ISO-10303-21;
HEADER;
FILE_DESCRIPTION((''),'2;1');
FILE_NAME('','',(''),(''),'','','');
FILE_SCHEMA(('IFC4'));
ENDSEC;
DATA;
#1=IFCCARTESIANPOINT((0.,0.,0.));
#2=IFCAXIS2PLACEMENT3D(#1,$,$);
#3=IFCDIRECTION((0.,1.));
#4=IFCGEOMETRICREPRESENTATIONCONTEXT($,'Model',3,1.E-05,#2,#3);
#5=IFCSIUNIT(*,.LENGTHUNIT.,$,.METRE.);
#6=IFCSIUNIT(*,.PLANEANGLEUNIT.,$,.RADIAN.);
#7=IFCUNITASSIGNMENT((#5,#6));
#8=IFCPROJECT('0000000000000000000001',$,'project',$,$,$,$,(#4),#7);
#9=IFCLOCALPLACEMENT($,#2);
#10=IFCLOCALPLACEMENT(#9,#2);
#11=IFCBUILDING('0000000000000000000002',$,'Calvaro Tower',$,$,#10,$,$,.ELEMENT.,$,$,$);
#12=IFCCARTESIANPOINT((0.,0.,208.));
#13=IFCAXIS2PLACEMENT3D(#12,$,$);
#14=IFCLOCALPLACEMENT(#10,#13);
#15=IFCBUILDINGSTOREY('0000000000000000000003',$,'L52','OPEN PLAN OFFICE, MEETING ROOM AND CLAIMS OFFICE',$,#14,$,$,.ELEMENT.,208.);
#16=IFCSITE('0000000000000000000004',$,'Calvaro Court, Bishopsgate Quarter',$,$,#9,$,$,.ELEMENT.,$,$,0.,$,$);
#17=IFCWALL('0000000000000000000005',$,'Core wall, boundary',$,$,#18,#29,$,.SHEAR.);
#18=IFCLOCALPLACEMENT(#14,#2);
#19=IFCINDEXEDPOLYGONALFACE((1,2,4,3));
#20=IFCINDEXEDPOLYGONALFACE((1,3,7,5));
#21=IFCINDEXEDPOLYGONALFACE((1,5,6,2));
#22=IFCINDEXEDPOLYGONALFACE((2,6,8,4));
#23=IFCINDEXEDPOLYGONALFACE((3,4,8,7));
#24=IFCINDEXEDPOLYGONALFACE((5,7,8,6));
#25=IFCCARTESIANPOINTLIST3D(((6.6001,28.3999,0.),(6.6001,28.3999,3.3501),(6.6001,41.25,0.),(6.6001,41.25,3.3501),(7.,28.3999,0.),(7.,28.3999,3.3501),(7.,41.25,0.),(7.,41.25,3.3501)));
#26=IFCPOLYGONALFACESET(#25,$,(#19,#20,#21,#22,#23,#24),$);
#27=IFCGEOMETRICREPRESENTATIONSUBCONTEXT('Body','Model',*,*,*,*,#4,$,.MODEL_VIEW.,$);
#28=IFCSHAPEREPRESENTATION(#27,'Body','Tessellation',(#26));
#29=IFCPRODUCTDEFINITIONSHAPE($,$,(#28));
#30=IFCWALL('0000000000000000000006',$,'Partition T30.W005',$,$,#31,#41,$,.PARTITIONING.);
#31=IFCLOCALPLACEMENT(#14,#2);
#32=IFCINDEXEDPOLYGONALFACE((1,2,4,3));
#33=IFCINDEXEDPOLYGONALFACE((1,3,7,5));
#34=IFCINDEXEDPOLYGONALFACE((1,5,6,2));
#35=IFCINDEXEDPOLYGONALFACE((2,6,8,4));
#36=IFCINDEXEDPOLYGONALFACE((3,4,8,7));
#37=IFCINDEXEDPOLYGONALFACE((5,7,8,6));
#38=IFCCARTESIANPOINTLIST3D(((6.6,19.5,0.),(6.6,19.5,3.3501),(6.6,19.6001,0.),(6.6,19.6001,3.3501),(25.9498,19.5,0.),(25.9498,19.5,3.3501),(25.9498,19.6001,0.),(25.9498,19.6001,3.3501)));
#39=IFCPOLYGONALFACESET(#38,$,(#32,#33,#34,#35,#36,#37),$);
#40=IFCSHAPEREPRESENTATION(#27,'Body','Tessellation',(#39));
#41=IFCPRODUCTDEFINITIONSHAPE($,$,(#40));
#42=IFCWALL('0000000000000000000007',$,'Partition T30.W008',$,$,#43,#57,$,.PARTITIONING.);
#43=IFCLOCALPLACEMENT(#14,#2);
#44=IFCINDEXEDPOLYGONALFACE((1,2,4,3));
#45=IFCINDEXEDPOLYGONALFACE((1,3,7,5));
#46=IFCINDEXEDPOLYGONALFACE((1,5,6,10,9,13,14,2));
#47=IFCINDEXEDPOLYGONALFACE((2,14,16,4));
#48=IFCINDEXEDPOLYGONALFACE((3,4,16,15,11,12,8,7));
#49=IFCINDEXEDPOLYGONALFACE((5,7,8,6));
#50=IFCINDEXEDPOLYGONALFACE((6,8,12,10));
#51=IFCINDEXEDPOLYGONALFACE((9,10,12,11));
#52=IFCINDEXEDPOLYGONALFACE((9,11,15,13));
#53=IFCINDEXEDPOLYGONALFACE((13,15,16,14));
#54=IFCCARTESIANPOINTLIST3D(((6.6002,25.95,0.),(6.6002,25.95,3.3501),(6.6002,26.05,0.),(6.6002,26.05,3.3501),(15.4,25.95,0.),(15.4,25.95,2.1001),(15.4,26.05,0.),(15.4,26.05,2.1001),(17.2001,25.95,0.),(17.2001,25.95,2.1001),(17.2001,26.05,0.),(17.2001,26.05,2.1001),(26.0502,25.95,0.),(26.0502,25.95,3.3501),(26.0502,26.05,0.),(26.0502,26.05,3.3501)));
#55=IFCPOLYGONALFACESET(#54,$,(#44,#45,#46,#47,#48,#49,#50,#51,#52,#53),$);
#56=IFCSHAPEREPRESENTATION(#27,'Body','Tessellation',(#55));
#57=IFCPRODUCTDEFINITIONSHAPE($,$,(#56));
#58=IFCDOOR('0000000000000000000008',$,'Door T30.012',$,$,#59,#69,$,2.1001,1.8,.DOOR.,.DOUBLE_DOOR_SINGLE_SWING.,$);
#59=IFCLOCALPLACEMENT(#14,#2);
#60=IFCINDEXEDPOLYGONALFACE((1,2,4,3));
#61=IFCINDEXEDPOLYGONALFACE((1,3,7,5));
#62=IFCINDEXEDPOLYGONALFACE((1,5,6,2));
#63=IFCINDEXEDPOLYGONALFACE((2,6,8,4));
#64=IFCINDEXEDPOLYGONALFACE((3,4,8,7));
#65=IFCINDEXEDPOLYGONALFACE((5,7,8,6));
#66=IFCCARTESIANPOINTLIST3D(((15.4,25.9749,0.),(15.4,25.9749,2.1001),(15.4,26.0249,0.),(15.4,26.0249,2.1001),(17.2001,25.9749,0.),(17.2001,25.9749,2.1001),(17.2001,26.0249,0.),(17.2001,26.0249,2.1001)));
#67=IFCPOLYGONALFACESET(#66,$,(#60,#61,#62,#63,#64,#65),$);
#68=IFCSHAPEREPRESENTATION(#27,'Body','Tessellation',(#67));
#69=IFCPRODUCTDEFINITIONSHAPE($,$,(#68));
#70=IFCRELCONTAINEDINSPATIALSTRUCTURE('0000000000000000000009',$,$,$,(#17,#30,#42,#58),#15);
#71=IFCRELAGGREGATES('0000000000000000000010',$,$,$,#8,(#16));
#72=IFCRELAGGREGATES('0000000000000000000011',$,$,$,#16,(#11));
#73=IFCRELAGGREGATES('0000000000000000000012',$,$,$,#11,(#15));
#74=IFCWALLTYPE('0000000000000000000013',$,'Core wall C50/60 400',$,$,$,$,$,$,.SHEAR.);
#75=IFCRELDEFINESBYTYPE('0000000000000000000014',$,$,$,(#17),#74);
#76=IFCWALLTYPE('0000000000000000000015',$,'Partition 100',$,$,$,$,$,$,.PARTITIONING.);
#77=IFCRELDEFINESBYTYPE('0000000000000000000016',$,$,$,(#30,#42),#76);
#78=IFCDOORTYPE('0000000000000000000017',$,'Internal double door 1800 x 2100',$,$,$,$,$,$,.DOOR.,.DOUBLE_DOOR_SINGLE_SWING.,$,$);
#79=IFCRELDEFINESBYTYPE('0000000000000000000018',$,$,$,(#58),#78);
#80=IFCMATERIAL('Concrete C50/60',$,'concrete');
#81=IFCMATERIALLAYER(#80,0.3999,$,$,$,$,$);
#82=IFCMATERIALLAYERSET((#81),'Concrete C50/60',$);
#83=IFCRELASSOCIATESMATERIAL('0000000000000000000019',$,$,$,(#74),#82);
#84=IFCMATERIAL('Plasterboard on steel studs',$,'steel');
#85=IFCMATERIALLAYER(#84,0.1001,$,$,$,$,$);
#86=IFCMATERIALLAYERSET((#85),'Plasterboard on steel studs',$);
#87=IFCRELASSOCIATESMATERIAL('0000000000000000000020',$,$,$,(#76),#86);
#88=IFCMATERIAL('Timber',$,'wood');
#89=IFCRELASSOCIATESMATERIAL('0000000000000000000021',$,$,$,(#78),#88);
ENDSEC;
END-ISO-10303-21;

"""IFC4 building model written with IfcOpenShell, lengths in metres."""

from ifc_helpers import new_model, si_unit, direction, frame, frame_2d, origin, place, context, subcontext, project, spatial, rectangle, extrude, material, layer, layer_set, type_object, element, fill, save


model = new_model("IFC4")

# Units and contexts
model_context = context("Model", 3, precision=1e-05, world=origin(), true_north=direction((0.0, 1.0)))
body_context = subcontext(model_context, "Body", "Model", "MODEL_VIEW")
ifc_project = project(units=[si_unit("LENGTHUNIT", "METRE"), si_unit("PLANEANGLEUNIT", "RADIAN")], contexts=[model_context])

# Site, building, storey
site_placement = place(None, origin())
site = spatial("IfcSite", under=ifc_project, at=site_placement, Name="Calvaro Court, Bishopsgate Quarter", CompositionType="ELEMENT", RefElevation=0.0)
building_placement = place(site_placement, origin())
building = spatial("IfcBuilding", under=site, at=building_placement, Name="Calvaro Tower", CompositionType="ELEMENT")
storey_placement = place(building_placement, frame((0.0, 0.0, 208.0)))
storey = spatial("IfcBuildingStorey", under=building, at=storey_placement, Name="L52", Description="OPEN PLAN OFFICE, MEETING ROOM AND CLAIMS OFFICE", CompositionType="ELEMENT", Elevation=208.0)

# Shared definitions
ifc_material_1 = material(Name="Concrete C50/60", Category="concrete")
ifc_layer_1 = layer(ifc_material_1, 0.3999)
ifc_layer_set_1 = layer_set([ifc_layer_1], Name="Concrete C50/60")
wall_type_1 = type_object("IfcWallType", Name="Core wall C50/60 400", PredefinedType="SHEAR", material=ifc_layer_set_1)

# Walls
wall_1_placement = place(storey_placement, frame((6.8, 28.3999, 0.0), z_axis=(0.0, 0.0, 1.0), x_axis=(0.0, 1.0, 0.0)))
element("IfcWall", 1, at=wall_1_placement, inside=storey, type_object=wall_type_1, Name="Core wall, boundary", PredefinedType="SHEAR", context=body_context, shape_type="SweptSolid", body=[
    extrude(rectangle(XDim=12.8501, YDim=0.3999, at=frame_2d((6.425, 0.0))), origin(), (0.0, 0.0, 1.0), 3.3501),
])
ifc_material_2 = material(Name="Plasterboard on steel studs", Category="steel")
ifc_layer_2 = layer(ifc_material_2, 0.1001)
ifc_layer_set_2 = layer_set([ifc_layer_2], Name="Plasterboard on steel studs")
wall_type_2 = type_object("IfcWallType", Name="Partition 100", PredefinedType="PARTITIONING", material=ifc_layer_set_2)
wall_2_placement = place(storey_placement, frame((6.6001, 19.55, 0.0), z_axis=(0.0, 0.0, 1.0), x_axis=(1.0, 0.0, 0.0)))
element("IfcWall", 2, at=wall_2_placement, inside=storey, type_object=wall_type_2, Name="Partition T30.W005", PredefinedType="PARTITIONING", context=body_context, shape_type="SweptSolid", body=[
    extrude(rectangle(XDim=19.3499, YDim=0.1001, at=frame_2d((9.6748, 0.0))), origin(), (0.0, 0.0, 1.0), 3.3501),
])

# Wall, opening, door
wall_3_placement = place(storey_placement, frame((6.6001, 26.0, 0.0), z_axis=(0.0, 0.0, 1.0), x_axis=(1.0, 0.0, 0.0)))
wall_3 = element("IfcWall", 3, at=wall_3_placement, inside=storey, type_object=wall_type_2, Name="Partition T30.W008", PredefinedType="PARTITIONING", context=body_context, shape_type="SweptSolid", body=[
    extrude(rectangle(XDim=19.45, YDim=0.1001, at=frame_2d((9.7251, 0.0))), origin(), (0.0, 0.0, 1.0), 3.3501),
])
opening_1_placement = place(wall_3_placement, frame((8.8, 0.0, 0.0)))
opening_1 = element("IfcOpeningElement", 4, at=opening_1_placement, cuts=wall_3, PredefinedType="OPENING", context=body_context, shape_type="SweptSolid", body=[
    extrude(rectangle(XDim=1.8, YDim=2.1001, at=frame_2d((0.8999, 1.05))), frame((0.0, 0.0601, 0.0), z_axis=(0.0, -1.0, 0.0), x_axis=(1.0, 0.0, 0.0)), (0.0, 0.0, 1.0), 0.1201),
])
ifc_material_3 = material(Name="Timber", Category="wood")
door_type_1 = type_object("IfcDoorType", Name="Internal double door 1800 x 2100", OperationType="DOUBLE_DOOR_SINGLE_SWING", PredefinedType="DOOR", material=ifc_material_3)
door_1_placement = place(opening_1_placement, origin())
door_1 = element("IfcDoor", 5, at=door_1_placement, inside=storey, type_object=door_type_1, Name="Door T30.012", OperationType="DOUBLE_DOOR_SINGLE_SWING", OverallHeight=2.1001, OverallWidth=1.8, PredefinedType="DOOR", context=body_context, shape_type="SweptSolid", body=[
    extrude(rectangle(XDim=1.8, YDim=2.1001, at=frame_2d((0.8999, 1.05))), frame((0.0, 0.0249, 0.0), z_axis=(0.0, -1.0, 0.0), x_axis=(1.0, 0.0, 0.0)), (0.0, 0.0, 1.0), 0.05),
])
fill(opening_1, door_1)

save(model, "model.ifc")
